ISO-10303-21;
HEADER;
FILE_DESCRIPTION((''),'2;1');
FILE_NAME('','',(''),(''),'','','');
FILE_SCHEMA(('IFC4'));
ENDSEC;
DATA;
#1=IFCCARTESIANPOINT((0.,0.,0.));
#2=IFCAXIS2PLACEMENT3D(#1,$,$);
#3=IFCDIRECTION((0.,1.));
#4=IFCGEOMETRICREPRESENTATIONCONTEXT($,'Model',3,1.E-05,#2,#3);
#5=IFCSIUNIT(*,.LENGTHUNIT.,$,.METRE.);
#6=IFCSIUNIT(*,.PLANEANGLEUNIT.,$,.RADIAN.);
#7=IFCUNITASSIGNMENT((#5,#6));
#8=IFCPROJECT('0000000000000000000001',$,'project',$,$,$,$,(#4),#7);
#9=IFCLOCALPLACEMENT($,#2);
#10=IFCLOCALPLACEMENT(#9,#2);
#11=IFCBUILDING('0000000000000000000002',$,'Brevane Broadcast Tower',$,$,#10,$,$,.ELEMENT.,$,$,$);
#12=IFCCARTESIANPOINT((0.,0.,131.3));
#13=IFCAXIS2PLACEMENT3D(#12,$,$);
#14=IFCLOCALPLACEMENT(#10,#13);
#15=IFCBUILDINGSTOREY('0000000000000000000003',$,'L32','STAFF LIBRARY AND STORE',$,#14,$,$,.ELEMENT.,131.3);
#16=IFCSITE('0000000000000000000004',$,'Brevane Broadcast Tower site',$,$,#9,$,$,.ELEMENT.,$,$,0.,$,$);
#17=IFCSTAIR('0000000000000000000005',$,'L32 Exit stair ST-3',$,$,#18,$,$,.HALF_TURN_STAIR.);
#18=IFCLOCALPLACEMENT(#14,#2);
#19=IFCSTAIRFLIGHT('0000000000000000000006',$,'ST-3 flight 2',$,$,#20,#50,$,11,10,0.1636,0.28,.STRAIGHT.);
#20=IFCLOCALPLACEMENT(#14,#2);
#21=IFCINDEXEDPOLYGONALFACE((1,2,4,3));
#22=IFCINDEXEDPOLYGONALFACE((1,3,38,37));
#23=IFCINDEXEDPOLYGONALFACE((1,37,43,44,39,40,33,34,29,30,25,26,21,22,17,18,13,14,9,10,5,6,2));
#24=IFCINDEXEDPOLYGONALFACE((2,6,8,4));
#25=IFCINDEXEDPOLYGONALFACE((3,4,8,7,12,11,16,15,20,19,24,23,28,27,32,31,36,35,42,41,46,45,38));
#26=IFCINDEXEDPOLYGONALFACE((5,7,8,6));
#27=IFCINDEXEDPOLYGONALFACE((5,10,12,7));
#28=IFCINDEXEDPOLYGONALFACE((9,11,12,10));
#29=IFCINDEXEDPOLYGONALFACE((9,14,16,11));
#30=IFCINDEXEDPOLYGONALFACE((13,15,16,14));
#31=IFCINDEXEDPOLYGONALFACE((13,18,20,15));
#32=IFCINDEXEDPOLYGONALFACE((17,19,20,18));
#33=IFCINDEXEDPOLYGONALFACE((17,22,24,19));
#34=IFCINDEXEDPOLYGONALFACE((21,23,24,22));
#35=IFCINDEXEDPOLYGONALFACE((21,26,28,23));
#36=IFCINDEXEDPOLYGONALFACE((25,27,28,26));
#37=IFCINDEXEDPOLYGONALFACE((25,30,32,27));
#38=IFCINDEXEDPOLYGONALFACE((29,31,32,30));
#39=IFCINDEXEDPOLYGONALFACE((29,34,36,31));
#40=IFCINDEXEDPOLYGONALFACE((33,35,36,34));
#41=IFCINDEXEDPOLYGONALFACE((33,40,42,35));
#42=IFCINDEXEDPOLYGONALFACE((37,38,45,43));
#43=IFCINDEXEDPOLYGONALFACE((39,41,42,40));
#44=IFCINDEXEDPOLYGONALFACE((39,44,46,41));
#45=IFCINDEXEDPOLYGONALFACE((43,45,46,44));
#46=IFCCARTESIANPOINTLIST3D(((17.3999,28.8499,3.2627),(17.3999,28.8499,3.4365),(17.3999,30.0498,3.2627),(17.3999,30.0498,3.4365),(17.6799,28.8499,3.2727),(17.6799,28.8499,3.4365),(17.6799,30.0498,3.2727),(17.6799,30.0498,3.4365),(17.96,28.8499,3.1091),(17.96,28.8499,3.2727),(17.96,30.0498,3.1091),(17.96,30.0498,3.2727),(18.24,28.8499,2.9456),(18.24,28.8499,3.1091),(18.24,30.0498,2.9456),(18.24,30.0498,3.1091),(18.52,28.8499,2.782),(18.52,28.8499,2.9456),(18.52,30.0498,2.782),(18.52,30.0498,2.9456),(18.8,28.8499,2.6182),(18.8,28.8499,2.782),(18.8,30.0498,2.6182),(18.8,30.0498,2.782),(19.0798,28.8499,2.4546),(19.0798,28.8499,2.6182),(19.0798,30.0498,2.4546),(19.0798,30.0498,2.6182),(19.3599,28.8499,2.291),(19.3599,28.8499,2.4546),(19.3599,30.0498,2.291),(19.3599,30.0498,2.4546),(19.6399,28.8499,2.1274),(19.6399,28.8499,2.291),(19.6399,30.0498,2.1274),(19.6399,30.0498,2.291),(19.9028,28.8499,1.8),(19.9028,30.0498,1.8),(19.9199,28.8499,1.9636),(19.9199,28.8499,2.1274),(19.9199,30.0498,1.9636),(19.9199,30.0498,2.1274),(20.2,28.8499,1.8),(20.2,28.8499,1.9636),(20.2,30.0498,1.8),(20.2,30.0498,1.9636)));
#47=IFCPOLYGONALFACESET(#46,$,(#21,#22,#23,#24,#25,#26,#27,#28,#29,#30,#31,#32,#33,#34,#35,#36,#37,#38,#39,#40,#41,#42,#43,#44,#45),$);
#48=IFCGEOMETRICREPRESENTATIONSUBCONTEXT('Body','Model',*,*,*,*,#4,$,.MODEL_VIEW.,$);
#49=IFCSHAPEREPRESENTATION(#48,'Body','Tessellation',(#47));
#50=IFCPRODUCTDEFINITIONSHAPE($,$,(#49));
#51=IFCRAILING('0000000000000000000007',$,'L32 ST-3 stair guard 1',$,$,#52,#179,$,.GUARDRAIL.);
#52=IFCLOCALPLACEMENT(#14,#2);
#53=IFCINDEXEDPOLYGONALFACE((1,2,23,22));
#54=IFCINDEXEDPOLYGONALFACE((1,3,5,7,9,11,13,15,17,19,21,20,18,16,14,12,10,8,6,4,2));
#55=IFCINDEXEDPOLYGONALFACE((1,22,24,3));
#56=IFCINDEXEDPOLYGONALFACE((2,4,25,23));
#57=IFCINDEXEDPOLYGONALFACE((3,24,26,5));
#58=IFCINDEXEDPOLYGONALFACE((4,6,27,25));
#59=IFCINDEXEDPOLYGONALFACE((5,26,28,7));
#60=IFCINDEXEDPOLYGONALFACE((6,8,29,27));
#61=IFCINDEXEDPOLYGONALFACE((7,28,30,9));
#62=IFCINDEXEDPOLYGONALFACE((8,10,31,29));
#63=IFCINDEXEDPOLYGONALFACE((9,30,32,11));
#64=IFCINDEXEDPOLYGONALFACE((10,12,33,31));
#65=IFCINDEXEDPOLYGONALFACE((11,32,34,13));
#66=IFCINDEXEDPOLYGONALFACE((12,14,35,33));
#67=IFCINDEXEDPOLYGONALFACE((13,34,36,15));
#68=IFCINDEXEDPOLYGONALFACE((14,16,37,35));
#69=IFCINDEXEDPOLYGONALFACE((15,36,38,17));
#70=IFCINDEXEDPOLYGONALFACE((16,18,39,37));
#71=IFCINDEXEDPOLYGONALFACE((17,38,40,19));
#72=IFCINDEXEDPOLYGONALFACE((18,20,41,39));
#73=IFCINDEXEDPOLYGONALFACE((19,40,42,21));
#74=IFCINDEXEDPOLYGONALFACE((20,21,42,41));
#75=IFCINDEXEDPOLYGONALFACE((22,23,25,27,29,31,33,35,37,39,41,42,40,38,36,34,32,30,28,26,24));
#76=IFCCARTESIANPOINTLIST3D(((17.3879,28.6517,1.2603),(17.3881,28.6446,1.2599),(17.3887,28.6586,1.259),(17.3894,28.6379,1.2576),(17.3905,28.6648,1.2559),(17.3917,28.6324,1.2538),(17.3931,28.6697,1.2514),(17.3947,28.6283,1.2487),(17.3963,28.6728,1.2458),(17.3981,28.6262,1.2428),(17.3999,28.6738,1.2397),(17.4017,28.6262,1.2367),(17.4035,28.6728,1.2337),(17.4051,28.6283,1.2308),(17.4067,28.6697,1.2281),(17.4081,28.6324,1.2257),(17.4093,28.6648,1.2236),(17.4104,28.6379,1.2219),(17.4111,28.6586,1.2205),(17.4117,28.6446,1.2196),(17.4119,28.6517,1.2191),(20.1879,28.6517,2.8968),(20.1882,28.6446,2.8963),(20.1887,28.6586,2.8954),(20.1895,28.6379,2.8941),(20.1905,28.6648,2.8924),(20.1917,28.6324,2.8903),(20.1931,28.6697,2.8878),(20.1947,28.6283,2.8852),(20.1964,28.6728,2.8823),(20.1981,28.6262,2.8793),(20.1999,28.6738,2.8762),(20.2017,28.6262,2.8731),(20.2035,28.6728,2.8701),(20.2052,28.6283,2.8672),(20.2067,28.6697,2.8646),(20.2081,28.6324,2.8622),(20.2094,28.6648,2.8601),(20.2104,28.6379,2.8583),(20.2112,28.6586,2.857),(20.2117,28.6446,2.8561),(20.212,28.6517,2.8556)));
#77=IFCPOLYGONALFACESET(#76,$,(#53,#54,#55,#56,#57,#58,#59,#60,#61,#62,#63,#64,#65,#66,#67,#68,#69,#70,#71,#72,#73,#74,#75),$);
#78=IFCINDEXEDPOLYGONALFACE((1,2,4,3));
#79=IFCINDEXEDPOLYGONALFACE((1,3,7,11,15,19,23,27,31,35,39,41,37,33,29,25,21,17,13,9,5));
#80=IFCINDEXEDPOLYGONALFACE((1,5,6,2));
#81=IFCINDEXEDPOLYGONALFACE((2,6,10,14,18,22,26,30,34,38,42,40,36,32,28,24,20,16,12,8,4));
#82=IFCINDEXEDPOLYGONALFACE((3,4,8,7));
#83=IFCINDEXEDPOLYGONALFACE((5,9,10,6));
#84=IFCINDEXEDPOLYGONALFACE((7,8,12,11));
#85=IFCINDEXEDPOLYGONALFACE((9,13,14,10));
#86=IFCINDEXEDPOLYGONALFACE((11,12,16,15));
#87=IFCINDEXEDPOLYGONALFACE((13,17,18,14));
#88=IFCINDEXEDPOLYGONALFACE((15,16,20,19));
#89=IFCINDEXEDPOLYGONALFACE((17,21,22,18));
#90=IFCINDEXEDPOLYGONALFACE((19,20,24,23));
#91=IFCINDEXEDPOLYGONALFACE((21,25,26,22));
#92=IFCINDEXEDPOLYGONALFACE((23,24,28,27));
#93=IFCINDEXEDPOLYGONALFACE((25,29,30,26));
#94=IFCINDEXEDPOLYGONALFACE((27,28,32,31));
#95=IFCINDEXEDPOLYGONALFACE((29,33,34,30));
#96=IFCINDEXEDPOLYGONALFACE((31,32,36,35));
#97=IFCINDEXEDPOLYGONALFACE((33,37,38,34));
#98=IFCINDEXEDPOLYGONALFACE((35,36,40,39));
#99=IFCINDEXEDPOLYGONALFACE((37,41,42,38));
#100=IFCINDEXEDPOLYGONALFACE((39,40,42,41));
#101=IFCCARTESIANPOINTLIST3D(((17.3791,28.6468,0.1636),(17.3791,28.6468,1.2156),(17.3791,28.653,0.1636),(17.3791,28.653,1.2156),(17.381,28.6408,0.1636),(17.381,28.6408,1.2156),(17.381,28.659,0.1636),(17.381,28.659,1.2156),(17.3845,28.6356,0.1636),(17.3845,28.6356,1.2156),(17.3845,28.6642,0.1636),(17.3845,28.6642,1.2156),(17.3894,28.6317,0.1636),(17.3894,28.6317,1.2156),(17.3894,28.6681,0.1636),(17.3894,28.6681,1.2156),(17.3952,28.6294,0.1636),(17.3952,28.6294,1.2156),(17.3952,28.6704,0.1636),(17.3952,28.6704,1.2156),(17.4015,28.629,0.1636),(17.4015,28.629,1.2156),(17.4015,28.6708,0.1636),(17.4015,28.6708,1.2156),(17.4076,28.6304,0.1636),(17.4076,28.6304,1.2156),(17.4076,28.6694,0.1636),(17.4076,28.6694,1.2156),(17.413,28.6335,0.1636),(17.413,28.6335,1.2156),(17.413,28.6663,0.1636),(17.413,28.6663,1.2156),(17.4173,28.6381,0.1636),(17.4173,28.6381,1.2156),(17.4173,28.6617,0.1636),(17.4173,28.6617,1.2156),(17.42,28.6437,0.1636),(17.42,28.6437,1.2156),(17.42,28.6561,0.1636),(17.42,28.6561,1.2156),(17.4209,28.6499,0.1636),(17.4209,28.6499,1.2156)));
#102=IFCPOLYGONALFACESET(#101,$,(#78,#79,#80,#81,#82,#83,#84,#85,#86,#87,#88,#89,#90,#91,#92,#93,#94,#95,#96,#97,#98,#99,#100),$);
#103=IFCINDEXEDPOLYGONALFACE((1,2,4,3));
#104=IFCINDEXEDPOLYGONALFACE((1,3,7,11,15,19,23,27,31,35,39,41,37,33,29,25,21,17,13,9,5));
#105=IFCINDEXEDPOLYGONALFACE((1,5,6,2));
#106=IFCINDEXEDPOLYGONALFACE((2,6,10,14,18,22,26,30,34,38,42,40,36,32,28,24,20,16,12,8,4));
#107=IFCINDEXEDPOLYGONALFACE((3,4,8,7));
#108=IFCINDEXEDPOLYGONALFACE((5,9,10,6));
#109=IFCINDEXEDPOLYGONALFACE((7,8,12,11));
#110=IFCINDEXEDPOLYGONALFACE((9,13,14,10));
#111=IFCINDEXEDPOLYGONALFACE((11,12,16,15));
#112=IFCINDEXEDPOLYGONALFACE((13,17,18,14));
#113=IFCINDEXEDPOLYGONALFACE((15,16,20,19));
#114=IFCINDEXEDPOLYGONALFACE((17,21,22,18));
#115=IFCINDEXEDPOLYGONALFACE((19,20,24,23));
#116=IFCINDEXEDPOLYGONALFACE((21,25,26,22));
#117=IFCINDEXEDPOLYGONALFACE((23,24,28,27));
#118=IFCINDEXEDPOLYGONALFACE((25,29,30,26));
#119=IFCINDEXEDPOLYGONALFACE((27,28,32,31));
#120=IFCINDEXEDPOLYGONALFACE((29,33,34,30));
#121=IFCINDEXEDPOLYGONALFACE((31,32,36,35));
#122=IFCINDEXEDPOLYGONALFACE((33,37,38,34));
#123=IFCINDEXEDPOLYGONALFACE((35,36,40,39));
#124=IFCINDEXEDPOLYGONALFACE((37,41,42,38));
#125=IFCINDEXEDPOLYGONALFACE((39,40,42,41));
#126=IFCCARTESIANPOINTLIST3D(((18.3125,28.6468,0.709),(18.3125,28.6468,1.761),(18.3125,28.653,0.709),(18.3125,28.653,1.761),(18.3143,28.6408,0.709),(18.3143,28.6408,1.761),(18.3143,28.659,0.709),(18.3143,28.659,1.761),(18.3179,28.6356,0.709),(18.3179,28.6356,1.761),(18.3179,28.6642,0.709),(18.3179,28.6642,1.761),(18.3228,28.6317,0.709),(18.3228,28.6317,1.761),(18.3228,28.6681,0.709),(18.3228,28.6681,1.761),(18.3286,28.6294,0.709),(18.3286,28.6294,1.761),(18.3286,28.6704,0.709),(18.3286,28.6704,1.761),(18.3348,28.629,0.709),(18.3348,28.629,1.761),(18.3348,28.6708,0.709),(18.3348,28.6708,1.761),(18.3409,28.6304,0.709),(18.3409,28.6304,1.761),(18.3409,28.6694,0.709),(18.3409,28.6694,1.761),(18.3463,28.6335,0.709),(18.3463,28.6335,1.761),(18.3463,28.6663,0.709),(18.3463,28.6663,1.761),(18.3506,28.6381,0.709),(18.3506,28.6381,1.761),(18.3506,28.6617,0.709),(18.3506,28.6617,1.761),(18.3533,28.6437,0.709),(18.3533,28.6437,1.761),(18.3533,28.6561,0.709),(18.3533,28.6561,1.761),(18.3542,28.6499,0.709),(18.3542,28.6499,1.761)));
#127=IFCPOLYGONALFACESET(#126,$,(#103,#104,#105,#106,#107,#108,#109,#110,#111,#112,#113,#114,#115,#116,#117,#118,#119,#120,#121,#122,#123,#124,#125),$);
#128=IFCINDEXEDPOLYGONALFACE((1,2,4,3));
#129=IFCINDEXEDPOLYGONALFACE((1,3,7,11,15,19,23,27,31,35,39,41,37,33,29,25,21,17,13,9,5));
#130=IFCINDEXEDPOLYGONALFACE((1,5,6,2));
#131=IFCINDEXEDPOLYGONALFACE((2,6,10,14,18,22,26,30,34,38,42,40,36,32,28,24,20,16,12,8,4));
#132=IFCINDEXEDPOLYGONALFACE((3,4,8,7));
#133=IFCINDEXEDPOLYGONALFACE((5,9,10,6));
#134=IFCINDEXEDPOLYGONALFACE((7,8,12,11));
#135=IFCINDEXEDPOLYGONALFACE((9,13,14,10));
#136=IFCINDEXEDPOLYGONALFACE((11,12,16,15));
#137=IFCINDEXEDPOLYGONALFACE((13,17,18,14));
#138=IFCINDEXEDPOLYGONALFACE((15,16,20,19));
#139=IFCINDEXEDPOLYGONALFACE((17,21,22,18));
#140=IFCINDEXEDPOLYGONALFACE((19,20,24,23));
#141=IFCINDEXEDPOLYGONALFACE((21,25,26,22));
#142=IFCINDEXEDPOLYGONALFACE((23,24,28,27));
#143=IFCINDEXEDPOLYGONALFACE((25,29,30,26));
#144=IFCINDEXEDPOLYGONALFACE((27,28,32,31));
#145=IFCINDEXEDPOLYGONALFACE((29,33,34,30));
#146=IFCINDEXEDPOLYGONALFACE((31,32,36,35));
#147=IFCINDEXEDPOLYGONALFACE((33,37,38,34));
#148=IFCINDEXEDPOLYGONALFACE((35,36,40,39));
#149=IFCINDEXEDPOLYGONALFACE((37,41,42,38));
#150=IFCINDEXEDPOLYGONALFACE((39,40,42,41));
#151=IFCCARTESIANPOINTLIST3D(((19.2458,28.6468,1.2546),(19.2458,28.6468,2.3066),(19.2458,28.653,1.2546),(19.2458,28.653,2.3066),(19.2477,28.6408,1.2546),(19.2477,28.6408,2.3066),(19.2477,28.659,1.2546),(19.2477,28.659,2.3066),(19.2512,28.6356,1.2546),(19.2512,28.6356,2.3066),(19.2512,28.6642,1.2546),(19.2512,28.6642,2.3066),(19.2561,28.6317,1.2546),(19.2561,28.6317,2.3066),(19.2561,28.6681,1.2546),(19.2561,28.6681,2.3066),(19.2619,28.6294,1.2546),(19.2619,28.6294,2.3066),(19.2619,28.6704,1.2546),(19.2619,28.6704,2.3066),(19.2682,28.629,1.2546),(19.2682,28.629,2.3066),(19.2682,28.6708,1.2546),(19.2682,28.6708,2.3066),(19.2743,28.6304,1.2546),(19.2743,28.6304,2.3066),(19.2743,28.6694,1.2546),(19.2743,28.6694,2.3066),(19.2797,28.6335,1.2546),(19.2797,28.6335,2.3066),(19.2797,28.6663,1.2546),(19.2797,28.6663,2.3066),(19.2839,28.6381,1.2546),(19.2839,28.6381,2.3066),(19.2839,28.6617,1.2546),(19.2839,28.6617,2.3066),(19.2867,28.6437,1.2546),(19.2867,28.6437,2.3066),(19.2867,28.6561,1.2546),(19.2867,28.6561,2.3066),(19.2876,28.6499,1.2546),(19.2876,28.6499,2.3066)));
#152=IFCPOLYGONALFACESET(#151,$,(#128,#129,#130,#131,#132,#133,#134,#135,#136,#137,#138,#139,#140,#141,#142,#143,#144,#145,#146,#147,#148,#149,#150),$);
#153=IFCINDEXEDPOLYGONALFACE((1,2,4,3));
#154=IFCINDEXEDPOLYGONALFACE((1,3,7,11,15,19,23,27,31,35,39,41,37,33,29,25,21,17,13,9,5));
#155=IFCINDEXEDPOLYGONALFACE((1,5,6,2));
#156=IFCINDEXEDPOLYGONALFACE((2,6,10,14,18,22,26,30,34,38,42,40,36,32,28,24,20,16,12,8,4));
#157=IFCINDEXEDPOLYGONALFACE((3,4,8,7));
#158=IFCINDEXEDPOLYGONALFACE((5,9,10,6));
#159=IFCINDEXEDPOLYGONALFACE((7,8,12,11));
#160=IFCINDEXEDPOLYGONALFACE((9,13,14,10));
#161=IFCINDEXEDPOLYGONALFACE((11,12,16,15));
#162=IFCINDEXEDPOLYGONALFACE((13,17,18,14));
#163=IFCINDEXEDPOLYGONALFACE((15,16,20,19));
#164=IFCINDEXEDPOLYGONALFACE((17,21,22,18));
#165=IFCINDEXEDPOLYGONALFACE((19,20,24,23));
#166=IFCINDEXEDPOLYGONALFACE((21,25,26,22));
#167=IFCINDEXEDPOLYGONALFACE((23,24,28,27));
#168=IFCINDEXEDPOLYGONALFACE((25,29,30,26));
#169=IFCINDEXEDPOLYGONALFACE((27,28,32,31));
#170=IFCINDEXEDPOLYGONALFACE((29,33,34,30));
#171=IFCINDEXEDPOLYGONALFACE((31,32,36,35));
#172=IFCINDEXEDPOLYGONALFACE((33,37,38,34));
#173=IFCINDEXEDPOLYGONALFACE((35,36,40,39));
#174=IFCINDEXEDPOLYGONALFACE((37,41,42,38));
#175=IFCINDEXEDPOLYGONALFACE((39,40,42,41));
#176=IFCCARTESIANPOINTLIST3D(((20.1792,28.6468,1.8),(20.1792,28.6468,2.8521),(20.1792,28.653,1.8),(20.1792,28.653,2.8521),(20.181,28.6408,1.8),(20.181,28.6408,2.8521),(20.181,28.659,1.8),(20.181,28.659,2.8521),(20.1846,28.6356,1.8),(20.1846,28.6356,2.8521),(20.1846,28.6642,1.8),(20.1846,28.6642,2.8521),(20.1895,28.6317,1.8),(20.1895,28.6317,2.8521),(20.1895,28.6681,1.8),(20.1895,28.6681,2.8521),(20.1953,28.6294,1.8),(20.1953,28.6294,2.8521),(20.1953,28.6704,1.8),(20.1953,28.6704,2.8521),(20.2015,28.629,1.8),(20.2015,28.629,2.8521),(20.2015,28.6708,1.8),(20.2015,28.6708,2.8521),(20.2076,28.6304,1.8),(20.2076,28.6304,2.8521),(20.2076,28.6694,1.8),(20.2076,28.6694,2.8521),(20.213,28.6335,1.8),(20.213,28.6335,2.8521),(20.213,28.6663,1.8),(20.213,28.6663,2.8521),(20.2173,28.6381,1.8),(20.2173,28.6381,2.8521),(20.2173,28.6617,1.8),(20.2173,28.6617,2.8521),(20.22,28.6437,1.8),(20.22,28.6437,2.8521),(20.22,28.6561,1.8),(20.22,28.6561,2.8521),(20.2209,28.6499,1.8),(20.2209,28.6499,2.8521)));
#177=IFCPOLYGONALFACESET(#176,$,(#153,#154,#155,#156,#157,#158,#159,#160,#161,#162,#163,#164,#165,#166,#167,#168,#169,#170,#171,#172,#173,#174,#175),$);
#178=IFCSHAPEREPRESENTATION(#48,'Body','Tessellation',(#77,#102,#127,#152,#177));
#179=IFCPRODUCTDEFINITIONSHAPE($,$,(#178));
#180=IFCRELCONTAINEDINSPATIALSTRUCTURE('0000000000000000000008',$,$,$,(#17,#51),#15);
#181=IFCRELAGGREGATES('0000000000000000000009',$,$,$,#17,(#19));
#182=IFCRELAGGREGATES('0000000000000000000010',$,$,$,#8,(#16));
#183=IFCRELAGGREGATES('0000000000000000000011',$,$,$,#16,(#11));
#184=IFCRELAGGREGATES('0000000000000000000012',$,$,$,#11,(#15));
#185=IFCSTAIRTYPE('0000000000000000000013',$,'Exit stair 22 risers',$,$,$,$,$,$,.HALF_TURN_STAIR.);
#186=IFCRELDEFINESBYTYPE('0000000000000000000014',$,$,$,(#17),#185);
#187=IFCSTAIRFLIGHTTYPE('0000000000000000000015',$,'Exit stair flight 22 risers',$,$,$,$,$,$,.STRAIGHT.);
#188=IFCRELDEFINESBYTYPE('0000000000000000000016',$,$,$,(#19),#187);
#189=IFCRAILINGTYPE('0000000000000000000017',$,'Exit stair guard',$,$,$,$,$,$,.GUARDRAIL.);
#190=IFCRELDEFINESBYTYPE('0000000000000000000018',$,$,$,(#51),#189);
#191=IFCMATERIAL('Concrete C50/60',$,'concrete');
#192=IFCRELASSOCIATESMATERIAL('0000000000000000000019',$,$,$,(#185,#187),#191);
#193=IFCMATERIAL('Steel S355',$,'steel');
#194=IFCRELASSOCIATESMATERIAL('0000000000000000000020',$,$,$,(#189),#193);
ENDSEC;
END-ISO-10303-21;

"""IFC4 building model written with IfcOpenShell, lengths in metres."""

from ifc_helpers import new_model, si_unit, direction, frame, origin, origin_2d, place, context, subcontext, project, spatial, polyline, circle, outline, extrude, material, type_object, element, aggregate, save


model = new_model("IFC4")

# Units and contexts
model_context = context("Model", 3, precision=1e-05, world=origin(), true_north=direction((0.0, 1.0)))
body_context = subcontext(model_context, "Body", "Model", "MODEL_VIEW")
ifc_project = project(units=[si_unit("LENGTHUNIT", "METRE"), si_unit("PLANEANGLEUNIT", "RADIAN")], contexts=[model_context])

# Site, building, storey
site_placement = place(None, origin())
site = spatial("IfcSite", under=ifc_project, at=site_placement, Name="Brevane Broadcast Tower site", CompositionType="ELEMENT", RefElevation=0.0)
building_placement = place(site_placement, origin())
building = spatial("IfcBuilding", under=site, at=building_placement, Name="Brevane Broadcast Tower", CompositionType="ELEMENT")
storey_placement = place(building_placement, frame((0.0, 0.0, 131.3)))
storey = spatial("IfcBuildingStorey", under=building, at=storey_placement, Name="L32", Description="STAFF LIBRARY AND STORE", CompositionType="ELEMENT", Elevation=131.3)

# Stair, stair flight
ifc_material_1 = material(Name="Concrete C50/60", Category="concrete")
stair_type = type_object("IfcStairType", Name="Exit stair 22 risers", PredefinedType="HALF_TURN_STAIR", material=ifc_material_1)
stair_placement = place(storey_placement, origin())
stair = element("IfcStair", 1, at=stair_placement, inside=storey, type_object=stair_type, Name="L32 Exit stair ST-3", PredefinedType="HALF_TURN_STAIR")
stair_flight_type = type_object("IfcStairFlightType", Name="Exit stair flight 22 risers", PredefinedType="STRAIGHT", material=ifc_material_1)
stair_flight_1_placement = place(storey_placement, frame((20.2, 29.45, 1.8), z_axis=(0.0, 0.0, 1.0), x_axis=(-1.0, 0.0, 0.0)))
stair_flight_1 = element("IfcStairFlight", 2, at=stair_flight_1_placement, type_object=stair_flight_type, Name="ST-3 flight 2", NumberOfRisers=11, NumberOfTreads=10, PredefinedType="STRAIGHT", RiserHeight=0.1636, TreadLength=0.28, context=body_context, shape_type="SweptSolid", body=[
    extrude(outline(polyline([(0.0, 0.0), (0.0, 0.1636), (0.28, 0.1636), (0.28, 0.3274), (0.5601, 0.3274), (0.5601, 0.491), (0.8401, 0.491), (0.8401, 0.6545), (1.1201, 0.6545), (1.1201, 0.8181), (1.3999, 0.8181), (1.3999, 0.9819), (1.6799, 0.9819), (1.6799, 1.1455), (1.96, 1.1455), (1.96, 1.3091), (2.24, 1.3091), (2.24, 1.4727), (2.52, 1.4727), (2.52, 1.6365), (2.8, 1.6365), (2.8, 1.8), (2.8, 1.4626), (0.2971, 0.0), (0.0, 0.0)])), frame((0.0, 0.6001, 0.0), z_axis=(0.0, -1.0, 0.0), x_axis=(1.0, 0.0, 0.0)), (0.0, 0.0, 1.0), 1.2),
])
aggregate(stair, [stair_flight_1])

# Railing
ifc_material_2 = material(Name="Steel S355", Category="steel")
railing_type_1 = type_object("IfcRailingType", Name="Exit stair guard", PredefinedType="GUARDRAIL", material=ifc_material_2)
railing_1_placement = place(storey_placement, frame((17.3999, 28.6499, 0.1636)))
element("IfcRailing", 3, at=railing_1_placement, inside=storey, type_object=railing_type_1, Name="L32 ST-3 stair guard 1", PredefinedType="GUARDRAIL", context=body_context, shape_type="SweptSolid", body=[
    extrude(circle(Radius=0.0239, at=origin_2d()), frame((0.0, 0.0, 1.0762), z_axis=(0.863361, 0.0, 0.504587), x_axis=(0.0, 1.0, 0.0)), (0.0, 0.0, 1.0), 3.2432),
    extrude(circle(Radius=0.021, at=origin_2d()), origin(), (0.0, 0.0, 1.0), 1.052),
    extrude(circle(Radius=0.021, at=origin_2d()), frame((0.9333, 0.0, 0.5454)), (0.0, 0.0, 1.0), 1.052),
    extrude(circle(Radius=0.021, at=origin_2d()), frame((1.8667, 0.0, 1.0911)), (0.0, 0.0, 1.0), 1.052),
    extrude(circle(Radius=0.021, at=origin_2d()), frame((2.8, 0.0, 1.6365)), (0.0, 0.0, 1.0), 1.052),
])

save(model, "model.ifc")
